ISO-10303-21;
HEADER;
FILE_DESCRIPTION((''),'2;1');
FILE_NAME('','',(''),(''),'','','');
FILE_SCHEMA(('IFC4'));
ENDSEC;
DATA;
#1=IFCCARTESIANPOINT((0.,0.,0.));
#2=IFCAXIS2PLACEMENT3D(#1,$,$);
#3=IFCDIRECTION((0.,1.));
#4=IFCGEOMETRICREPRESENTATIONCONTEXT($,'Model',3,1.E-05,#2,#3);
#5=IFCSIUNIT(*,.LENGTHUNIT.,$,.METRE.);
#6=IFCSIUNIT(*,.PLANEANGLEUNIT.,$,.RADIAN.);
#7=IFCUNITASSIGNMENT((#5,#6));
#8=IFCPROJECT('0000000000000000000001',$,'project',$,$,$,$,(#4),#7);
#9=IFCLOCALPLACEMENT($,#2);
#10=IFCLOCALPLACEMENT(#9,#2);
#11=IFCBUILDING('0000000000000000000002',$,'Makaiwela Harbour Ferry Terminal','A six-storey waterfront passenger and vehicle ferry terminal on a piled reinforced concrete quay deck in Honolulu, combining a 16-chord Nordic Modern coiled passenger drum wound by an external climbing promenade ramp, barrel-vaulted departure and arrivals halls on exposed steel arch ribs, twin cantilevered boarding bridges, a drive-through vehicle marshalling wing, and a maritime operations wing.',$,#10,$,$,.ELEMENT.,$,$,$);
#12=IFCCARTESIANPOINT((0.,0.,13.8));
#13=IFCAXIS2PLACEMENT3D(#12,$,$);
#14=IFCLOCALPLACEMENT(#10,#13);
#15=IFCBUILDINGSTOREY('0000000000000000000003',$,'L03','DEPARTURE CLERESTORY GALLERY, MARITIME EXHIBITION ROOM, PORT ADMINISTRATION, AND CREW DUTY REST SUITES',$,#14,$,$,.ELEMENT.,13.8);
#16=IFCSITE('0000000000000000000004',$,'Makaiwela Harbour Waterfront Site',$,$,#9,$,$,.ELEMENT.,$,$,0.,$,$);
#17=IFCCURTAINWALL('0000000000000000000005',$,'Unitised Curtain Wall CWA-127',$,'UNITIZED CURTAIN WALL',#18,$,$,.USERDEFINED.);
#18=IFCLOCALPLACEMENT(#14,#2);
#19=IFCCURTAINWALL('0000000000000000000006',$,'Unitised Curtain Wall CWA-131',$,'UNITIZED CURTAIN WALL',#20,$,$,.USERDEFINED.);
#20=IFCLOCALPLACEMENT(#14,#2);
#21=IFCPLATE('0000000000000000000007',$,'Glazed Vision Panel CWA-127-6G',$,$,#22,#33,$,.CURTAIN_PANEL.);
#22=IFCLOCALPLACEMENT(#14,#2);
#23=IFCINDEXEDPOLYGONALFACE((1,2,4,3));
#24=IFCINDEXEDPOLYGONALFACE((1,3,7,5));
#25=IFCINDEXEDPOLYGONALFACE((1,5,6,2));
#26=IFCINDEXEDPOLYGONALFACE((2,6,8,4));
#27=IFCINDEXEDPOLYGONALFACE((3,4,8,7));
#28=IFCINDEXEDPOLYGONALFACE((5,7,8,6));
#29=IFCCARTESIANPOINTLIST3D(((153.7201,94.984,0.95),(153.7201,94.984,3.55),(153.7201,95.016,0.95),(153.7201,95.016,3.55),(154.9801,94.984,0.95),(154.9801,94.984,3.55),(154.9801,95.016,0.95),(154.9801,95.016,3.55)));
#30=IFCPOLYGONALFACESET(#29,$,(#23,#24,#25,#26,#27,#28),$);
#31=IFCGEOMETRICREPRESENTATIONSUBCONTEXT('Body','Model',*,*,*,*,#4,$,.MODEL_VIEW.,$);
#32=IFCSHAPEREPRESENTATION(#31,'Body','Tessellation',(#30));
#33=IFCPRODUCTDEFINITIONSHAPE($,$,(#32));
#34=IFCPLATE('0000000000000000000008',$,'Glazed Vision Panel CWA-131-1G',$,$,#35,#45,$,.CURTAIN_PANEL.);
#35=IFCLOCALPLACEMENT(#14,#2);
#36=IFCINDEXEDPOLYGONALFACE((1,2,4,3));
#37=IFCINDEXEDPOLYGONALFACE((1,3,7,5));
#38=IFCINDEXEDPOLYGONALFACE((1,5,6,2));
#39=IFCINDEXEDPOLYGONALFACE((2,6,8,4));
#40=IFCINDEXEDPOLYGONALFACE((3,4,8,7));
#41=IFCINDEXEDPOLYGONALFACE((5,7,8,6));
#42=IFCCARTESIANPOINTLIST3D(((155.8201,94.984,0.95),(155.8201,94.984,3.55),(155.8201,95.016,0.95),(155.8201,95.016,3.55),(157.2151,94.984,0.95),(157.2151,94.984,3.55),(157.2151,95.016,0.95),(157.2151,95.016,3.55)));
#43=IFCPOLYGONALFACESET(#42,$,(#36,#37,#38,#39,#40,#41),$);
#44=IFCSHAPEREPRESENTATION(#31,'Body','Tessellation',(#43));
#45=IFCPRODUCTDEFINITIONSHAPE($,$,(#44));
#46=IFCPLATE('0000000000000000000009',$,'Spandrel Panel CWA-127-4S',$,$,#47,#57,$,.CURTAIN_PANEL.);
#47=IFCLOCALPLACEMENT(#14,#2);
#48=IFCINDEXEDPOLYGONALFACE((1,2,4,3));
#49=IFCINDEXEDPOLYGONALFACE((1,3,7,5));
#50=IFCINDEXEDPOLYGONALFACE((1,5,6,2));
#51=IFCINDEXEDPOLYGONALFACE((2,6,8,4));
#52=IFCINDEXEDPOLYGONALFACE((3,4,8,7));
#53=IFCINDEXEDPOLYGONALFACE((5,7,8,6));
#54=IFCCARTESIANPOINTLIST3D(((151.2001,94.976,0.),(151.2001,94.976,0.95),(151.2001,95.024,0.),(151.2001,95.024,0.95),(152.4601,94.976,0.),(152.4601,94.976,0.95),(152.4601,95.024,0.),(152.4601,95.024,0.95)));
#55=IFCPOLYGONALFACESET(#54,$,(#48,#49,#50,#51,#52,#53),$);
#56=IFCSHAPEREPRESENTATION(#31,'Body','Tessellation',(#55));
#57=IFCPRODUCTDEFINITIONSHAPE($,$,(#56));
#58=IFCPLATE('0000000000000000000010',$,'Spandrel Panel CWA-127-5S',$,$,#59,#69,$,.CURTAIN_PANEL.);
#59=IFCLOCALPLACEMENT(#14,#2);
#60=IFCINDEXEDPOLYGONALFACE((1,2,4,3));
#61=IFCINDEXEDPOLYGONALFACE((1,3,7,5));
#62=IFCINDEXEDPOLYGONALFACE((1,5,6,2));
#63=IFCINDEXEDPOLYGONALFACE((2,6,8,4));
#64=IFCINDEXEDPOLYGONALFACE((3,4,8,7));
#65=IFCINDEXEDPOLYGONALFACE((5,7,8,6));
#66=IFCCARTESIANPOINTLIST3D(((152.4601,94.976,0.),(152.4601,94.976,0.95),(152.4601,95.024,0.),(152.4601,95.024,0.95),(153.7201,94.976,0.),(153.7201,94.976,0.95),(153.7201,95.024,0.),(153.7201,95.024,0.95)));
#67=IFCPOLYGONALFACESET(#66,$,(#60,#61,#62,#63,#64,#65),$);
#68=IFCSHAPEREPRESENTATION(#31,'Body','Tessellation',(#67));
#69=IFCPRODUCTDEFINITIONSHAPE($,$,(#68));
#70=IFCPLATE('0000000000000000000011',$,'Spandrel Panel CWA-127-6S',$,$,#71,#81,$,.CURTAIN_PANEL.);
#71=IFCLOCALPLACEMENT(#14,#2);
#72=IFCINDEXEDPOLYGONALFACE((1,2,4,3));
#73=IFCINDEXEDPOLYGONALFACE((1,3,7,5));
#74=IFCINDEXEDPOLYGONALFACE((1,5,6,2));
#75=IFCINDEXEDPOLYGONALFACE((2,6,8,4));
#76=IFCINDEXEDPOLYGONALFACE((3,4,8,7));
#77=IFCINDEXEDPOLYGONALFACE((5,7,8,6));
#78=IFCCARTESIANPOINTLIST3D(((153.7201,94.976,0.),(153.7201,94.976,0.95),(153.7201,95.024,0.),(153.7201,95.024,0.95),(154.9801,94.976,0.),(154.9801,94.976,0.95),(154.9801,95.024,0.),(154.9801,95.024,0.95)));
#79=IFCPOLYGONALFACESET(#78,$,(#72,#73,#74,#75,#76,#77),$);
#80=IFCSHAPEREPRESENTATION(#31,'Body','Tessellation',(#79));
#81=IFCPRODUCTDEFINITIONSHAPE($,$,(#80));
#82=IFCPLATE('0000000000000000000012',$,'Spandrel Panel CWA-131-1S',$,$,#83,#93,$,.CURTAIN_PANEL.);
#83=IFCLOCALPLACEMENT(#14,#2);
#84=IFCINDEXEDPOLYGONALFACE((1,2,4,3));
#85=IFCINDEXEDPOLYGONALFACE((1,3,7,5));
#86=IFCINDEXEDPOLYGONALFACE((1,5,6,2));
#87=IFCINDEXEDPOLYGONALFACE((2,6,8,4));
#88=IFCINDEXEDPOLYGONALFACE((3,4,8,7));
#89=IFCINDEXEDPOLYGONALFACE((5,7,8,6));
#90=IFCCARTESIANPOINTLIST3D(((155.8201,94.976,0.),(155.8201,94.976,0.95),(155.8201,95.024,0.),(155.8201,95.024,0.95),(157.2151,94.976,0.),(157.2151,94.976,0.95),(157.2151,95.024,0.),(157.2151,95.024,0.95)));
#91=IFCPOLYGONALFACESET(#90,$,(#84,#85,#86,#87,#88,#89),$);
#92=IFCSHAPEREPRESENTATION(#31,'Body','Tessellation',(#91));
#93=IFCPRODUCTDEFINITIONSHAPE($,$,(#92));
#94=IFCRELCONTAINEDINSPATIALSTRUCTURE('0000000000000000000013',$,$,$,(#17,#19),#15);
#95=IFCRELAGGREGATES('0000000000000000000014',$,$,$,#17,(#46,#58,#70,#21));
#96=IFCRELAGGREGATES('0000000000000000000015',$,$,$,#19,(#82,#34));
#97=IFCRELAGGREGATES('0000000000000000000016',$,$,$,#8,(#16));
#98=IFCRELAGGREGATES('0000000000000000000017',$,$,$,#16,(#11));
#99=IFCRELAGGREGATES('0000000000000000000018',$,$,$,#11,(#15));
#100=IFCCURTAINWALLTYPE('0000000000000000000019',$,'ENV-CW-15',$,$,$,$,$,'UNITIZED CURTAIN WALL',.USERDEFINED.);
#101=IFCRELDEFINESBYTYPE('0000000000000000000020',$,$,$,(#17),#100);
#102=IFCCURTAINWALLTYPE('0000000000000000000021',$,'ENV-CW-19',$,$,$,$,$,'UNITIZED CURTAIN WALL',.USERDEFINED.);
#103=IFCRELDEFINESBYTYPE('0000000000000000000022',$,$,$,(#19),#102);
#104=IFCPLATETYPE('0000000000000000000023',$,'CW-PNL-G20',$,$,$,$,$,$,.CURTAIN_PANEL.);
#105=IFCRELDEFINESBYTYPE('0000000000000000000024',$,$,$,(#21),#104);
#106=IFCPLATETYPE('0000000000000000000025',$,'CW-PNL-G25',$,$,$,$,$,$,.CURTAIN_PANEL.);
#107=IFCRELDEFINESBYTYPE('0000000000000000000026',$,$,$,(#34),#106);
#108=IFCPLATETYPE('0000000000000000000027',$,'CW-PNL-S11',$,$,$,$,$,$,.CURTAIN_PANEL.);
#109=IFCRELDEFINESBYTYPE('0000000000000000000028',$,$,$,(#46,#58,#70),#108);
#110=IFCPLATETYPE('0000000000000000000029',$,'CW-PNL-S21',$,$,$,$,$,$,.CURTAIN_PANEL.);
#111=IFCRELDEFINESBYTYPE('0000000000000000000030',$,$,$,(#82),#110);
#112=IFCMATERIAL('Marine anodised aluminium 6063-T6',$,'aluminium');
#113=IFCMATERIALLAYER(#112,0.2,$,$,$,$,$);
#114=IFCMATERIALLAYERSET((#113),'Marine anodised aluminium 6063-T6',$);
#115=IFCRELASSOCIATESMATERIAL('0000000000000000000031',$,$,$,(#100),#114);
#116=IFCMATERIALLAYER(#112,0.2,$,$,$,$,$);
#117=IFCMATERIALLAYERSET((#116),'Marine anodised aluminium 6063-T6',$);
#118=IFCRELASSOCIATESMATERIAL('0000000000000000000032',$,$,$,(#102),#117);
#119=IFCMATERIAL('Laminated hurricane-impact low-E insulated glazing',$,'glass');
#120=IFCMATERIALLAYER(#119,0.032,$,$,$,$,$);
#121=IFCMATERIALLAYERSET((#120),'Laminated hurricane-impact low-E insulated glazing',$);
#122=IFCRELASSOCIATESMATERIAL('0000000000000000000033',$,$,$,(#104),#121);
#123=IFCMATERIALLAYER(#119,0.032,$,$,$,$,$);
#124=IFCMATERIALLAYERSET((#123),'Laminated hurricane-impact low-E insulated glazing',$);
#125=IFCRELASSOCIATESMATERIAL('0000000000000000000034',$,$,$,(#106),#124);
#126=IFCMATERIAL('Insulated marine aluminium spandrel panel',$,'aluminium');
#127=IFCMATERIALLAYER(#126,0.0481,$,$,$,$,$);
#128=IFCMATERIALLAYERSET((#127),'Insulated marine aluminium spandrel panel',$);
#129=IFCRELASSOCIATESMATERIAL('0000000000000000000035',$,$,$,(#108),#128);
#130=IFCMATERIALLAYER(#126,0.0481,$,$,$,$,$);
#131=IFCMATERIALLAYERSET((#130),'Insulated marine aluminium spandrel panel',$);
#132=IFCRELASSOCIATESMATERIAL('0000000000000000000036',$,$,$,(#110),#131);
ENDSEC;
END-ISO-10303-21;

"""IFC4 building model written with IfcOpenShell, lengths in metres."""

from ifc_helpers import new_model, si_unit, direction, frame, origin, origin_2d, place, context, subcontext, project, spatial, rectangle, extrude, material, layer, layer_set, type_object, element, aggregate, save


model = new_model("IFC4")

# Units and contexts
model_context = context("Model", 3, precision=1e-05, world=origin(), true_north=direction((0.0, 1.0)))
body_context = subcontext(model_context, "Body", "Model", "MODEL_VIEW")
ifc_project = project(units=[si_unit("LENGTHUNIT", "METRE"), si_unit("PLANEANGLEUNIT", "RADIAN")], contexts=[model_context])

# Site, building, storey
site_placement = place(None, origin())
site = spatial("IfcSite", under=ifc_project, at=site_placement, Name="Makaiwela Harbour Waterfront Site", CompositionType="ELEMENT", RefElevation=0.0)
building_placement = place(site_placement, origin())
building = spatial("IfcBuilding", under=site, at=building_placement, Name="Makaiwela Harbour Ferry Terminal", Description="A six-storey waterfront passenger and vehicle ferry terminal on a piled reinforced concrete quay deck in Honolulu, combining a 16-chord Nordic Modern coiled passenger drum wound by an external climbing promenade ramp, barrel-vaulted departure and arrivals halls on exposed steel arch ribs, twin cantilevered boarding bridges, a drive-through vehicle marshalling wing, and a maritime operations wing.", CompositionType="ELEMENT")
storey_placement = place(building_placement, frame((0.0, 0.0, 13.8)))
storey = spatial("IfcBuildingStorey", under=building, at=storey_placement, Name="L03", Description="DEPARTURE CLERESTORY GALLERY, MARITIME EXHIBITION ROOM, PORT ADMINISTRATION, AND CREW DUTY REST SUITES", CompositionType="ELEMENT", Elevation=13.8)

# Curtain walls
ifc_material_1 = material(Name="Marine anodised aluminium 6063-T6", Category="aluminium")
ifc_layer_1 = layer(ifc_material_1, 0.2)
ifc_layer_set_1 = layer_set([ifc_layer_1], Name="Marine anodised aluminium 6063-T6")
curtain_wall_type_1 = type_object("IfcCurtainWallType", Name="ENV-CW-15", ElementType="UNITIZED CURTAIN WALL", PredefinedType="USERDEFINED", material=ifc_layer_set_1)
curtain_wall_1_placement = place(storey_placement, origin())
curtain_wall_1 = element("IfcCurtainWall", 1, at=curtain_wall_1_placement, inside=storey, type_object=curtain_wall_type_1, Name="Unitised Curtain Wall CWA-127", ObjectType="UNITIZED CURTAIN WALL", PredefinedType="USERDEFINED")
ifc_layer_2 = layer(ifc_material_1, 0.2)
ifc_layer_set_2 = layer_set([ifc_layer_2], Name="Marine anodised aluminium 6063-T6")
curtain_wall_type_2 = type_object("IfcCurtainWallType", Name="ENV-CW-19", ElementType="UNITIZED CURTAIN WALL", PredefinedType="USERDEFINED", material=ifc_layer_set_2)
curtain_wall_2_placement = place(storey_placement, origin())
curtain_wall_2 = element("IfcCurtainWall", 2, at=curtain_wall_2_placement, inside=storey, type_object=curtain_wall_type_2, Name="Unitised Curtain Wall CWA-131", ObjectType="UNITIZED CURTAIN WALL", PredefinedType="USERDEFINED")

# Plates
ifc_material_2 = material(Name="Laminated hurricane-impact low-E insulated glazing", Category="glass")
ifc_layer_3 = layer(ifc_material_2, 0.032)
ifc_layer_set_3 = layer_set([ifc_layer_3], Name="Laminated hurricane-impact low-E insulated glazing")
plate_type_1 = type_object("IfcPlateType", Name="CW-PNL-G20", PredefinedType="CURTAIN_PANEL", material=ifc_layer_set_3)
plate_1_placement = place(storey_placement, frame((154.3501, 95.0, 0.95), z_axis=(0.0, 0.0, 1.0), x_axis=(1.0, 0.0, 0.0)))
plate_1 = element("IfcPlate", 3, at=plate_1_placement, type_object=plate_type_1, Name="Glazed Vision Panel CWA-127-6G", PredefinedType="CURTAIN_PANEL", context=body_context, shape_type="SweptSolid", body=[
    extrude(rectangle(XDim=1.26, YDim=0.032, at=origin_2d()), origin(), (0.0, 0.0, 1.0), 2.6001),
])
ifc_layer_4 = layer(ifc_material_2, 0.032)
ifc_layer_set_4 = layer_set([ifc_layer_4], Name="Laminated hurricane-impact low-E insulated glazing")
plate_type_2 = type_object("IfcPlateType", Name="CW-PNL-G25", PredefinedType="CURTAIN_PANEL", material=ifc_layer_set_4)
plate_2_placement = place(storey_placement, frame((156.5176, 95.0, 0.95), z_axis=(0.0, 0.0, 1.0), x_axis=(1.0, 0.0, 0.0)))
plate_2 = element("IfcPlate", 4, at=plate_2_placement, type_object=plate_type_2, Name="Glazed Vision Panel CWA-131-1G", PredefinedType="CURTAIN_PANEL", context=body_context, shape_type="SweptSolid", body=[
    extrude(rectangle(XDim=1.395, YDim=0.032, at=origin_2d()), origin(), (0.0, 0.0, 1.0), 2.6001),
])
ifc_material_3 = material(Name="Insulated marine aluminium spandrel panel", Category="aluminium")
ifc_layer_5 = layer(ifc_material_3, 0.0481)
ifc_layer_set_5 = layer_set([ifc_layer_5], Name="Insulated marine aluminium spandrel panel")
plate_type_3 = type_object("IfcPlateType", Name="CW-PNL-S11", PredefinedType="CURTAIN_PANEL", material=ifc_layer_set_5)
plate_3_placement = place(storey_placement, frame((151.8301, 95.0, 0.0), z_axis=(0.0, 0.0, 1.0), x_axis=(1.0, 0.0, 0.0)))
plate_3 = element("IfcPlate", 5, at=plate_3_placement, type_object=plate_type_3, Name="Spandrel Panel CWA-127-4S", PredefinedType="CURTAIN_PANEL", context=body_context, shape_type="SweptSolid", body=[
    extrude(rectangle(XDim=1.26, YDim=0.0481, at=origin_2d()), origin(), (0.0, 0.0, 1.0), 0.95),
])
plate_4_placement = place(storey_placement, frame((153.0901, 95.0, 0.0), z_axis=(0.0, 0.0, 1.0), x_axis=(1.0, 0.0, 0.0)))
plate_4 = element("IfcPlate", 6, at=plate_4_placement, type_object=plate_type_3, Name="Spandrel Panel CWA-127-5S", PredefinedType="CURTAIN_PANEL", context=body_context, shape_type="SweptSolid", body=[
    extrude(rectangle(XDim=1.26, YDim=0.0481, at=origin_2d()), origin(), (0.0, 0.0, 1.0), 0.95),
])
plate_5_placement = place(storey_placement, frame((154.3501, 95.0, 0.0), z_axis=(0.0, 0.0, 1.0), x_axis=(1.0, 0.0, 0.0)))
plate_5 = element("IfcPlate", 7, at=plate_5_placement, type_object=plate_type_3, Name="Spandrel Panel CWA-127-6S", PredefinedType="CURTAIN_PANEL", context=body_context, shape_type="SweptSolid", body=[
    extrude(rectangle(XDim=1.26, YDim=0.0481, at=origin_2d()), origin(), (0.0, 0.0, 1.0), 0.95),
])
aggregate(curtain_wall_1, [plate_3, plate_4, plate_5, plate_1])
ifc_layer_6 = layer(ifc_material_3, 0.0481)
ifc_layer_set_6 = layer_set([ifc_layer_6], Name="Insulated marine aluminium spandrel panel")
plate_type_4 = type_object("IfcPlateType", Name="CW-PNL-S21", PredefinedType="CURTAIN_PANEL", material=ifc_layer_set_6)
plate_6_placement = place(storey_placement, frame((156.5176, 95.0, 0.0), z_axis=(0.0, 0.0, 1.0), x_axis=(1.0, 0.0, 0.0)))
plate_6 = element("IfcPlate", 8, at=plate_6_placement, type_object=plate_type_4, Name="Spandrel Panel CWA-131-1S", PredefinedType="CURTAIN_PANEL", context=body_context, shape_type="SweptSolid", body=[
    extrude(rectangle(XDim=1.395, YDim=0.0481, at=origin_2d()), origin(), (0.0, 0.0, 1.0), 0.95),
])
aggregate(curtain_wall_2, [plate_6, plate_2])

save(model, "model.ifc")
